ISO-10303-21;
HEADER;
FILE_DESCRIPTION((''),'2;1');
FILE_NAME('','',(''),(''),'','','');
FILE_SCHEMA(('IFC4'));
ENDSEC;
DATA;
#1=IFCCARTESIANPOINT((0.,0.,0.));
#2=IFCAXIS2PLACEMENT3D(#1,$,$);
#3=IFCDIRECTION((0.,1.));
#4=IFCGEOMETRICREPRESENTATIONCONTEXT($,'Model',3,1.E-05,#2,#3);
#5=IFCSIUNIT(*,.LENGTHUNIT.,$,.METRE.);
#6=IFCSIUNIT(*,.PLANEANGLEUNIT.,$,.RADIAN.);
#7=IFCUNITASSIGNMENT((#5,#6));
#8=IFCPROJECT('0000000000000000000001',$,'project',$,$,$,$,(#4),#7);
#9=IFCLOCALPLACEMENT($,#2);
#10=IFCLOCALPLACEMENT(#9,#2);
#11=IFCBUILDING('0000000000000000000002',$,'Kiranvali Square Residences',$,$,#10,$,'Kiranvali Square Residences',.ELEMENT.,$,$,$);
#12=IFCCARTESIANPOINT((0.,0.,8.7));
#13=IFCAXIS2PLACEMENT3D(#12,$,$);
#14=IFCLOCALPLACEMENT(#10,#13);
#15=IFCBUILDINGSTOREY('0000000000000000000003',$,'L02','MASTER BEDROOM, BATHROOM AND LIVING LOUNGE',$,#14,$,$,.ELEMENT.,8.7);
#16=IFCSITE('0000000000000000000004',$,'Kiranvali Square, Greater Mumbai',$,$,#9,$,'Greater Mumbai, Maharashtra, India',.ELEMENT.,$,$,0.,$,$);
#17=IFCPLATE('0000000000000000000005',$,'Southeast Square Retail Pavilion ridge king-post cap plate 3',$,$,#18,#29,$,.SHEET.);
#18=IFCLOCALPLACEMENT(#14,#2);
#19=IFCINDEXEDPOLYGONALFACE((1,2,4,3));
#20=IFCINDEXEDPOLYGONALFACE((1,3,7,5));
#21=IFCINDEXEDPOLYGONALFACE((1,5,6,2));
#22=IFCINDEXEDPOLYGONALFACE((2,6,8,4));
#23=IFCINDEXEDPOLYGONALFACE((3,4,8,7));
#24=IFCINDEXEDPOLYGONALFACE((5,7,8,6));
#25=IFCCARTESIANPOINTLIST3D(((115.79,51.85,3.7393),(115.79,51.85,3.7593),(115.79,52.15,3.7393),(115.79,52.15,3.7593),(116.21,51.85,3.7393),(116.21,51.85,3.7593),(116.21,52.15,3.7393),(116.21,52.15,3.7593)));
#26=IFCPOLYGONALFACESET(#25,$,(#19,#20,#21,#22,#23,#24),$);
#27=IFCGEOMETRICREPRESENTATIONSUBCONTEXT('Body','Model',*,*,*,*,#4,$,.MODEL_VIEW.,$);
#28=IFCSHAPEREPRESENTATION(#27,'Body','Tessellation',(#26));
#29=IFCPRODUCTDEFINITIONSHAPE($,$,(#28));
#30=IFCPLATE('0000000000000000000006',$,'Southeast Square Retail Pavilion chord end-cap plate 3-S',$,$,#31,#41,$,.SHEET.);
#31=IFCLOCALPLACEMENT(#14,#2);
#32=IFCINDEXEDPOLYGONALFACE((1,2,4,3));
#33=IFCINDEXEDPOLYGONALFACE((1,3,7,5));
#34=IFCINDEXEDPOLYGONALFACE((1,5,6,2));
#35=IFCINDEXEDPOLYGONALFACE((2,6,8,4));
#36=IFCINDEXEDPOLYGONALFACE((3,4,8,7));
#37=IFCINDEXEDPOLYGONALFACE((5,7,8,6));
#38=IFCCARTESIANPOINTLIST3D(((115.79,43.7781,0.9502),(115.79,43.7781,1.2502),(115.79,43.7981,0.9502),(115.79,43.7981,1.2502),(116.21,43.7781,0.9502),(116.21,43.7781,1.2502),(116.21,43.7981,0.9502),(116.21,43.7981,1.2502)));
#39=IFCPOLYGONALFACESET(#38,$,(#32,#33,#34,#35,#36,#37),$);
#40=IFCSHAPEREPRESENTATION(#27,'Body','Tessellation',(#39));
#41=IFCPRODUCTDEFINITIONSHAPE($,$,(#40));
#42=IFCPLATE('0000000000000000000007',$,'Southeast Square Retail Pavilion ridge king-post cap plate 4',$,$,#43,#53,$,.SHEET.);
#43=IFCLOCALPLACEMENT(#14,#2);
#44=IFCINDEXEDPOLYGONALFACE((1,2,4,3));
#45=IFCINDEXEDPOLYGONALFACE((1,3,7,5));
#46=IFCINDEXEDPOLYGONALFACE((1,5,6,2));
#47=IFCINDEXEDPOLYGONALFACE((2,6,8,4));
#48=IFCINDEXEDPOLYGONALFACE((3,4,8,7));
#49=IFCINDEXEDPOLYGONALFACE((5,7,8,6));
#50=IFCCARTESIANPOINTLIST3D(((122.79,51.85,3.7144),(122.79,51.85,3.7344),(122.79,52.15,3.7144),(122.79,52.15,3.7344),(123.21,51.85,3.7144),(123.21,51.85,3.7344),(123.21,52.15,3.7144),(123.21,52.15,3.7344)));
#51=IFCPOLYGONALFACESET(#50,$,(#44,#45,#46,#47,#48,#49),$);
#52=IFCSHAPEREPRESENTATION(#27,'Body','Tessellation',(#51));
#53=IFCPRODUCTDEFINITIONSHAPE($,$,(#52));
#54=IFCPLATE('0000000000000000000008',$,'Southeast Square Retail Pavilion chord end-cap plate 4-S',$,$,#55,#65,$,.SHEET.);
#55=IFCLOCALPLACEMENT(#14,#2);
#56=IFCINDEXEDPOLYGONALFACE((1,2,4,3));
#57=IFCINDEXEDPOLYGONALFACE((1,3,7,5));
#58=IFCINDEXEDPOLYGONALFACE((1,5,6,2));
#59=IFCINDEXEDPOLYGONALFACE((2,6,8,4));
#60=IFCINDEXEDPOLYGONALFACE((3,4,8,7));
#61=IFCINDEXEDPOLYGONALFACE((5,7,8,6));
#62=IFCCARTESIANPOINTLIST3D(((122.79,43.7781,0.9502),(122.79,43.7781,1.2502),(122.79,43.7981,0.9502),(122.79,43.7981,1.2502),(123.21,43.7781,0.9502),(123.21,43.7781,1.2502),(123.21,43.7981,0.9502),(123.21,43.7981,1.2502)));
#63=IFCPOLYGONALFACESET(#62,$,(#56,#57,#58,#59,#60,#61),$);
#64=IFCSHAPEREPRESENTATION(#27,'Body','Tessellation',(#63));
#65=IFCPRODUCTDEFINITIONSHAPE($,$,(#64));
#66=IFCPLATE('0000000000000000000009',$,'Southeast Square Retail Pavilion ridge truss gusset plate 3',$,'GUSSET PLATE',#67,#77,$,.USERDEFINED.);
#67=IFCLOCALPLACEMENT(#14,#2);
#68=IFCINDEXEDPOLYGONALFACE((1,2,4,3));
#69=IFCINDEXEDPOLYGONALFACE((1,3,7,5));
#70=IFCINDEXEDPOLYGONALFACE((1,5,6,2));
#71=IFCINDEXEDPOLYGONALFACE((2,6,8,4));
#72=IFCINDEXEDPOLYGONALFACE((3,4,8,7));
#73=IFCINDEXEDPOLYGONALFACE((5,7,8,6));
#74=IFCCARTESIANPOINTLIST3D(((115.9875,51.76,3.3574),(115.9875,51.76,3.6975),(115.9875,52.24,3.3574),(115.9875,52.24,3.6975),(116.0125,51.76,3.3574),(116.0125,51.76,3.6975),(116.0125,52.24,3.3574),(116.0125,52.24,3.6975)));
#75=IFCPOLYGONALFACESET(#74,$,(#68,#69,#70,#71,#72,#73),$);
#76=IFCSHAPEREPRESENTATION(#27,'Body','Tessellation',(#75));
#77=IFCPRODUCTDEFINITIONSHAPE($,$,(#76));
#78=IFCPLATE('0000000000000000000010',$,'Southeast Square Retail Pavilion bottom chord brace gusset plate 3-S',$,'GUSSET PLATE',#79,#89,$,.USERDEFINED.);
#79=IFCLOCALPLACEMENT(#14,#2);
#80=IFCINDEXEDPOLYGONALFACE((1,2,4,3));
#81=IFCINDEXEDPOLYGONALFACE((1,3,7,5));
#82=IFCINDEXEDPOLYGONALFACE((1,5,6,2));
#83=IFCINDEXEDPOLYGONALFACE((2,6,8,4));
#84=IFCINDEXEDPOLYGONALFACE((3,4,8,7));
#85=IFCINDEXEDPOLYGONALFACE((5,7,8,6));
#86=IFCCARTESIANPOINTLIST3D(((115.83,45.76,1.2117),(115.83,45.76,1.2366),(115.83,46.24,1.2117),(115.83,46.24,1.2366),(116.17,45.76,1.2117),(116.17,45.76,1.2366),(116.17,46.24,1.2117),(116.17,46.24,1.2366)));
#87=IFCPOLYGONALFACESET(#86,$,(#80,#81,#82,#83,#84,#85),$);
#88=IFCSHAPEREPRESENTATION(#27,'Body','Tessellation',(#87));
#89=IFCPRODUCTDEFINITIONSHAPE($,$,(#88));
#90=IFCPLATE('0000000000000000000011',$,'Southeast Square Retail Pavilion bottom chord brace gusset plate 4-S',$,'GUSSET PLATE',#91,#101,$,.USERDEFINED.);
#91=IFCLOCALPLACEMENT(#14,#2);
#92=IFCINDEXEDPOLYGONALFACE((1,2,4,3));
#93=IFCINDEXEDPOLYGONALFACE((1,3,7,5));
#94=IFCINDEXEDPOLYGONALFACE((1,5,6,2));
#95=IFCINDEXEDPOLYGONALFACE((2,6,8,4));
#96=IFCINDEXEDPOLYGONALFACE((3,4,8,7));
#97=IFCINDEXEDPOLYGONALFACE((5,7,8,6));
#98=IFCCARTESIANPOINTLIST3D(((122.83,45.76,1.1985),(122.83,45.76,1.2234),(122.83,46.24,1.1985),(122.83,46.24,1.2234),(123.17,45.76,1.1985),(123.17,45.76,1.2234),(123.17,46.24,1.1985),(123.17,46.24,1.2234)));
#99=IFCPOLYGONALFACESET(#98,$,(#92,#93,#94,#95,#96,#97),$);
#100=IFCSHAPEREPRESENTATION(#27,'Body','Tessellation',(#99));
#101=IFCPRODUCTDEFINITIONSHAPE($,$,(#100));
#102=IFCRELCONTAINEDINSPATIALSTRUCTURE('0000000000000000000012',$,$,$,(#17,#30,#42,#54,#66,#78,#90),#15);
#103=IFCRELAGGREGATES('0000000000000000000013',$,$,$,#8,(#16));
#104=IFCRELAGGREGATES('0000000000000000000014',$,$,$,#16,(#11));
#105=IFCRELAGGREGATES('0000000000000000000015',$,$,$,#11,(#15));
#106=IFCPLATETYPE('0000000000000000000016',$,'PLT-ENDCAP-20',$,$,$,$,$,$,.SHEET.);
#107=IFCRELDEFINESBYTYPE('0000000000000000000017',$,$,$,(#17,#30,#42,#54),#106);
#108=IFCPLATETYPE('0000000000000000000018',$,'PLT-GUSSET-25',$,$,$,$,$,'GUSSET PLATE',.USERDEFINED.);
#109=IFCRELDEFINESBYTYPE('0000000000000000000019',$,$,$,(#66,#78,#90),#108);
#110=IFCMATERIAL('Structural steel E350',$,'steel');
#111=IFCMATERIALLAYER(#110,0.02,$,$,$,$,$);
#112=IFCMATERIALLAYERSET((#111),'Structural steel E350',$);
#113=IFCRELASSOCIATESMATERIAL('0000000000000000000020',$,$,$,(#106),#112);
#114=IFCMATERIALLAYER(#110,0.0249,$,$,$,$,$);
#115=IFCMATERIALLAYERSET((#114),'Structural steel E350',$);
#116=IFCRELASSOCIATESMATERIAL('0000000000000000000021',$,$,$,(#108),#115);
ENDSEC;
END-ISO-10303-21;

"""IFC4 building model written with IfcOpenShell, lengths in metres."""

from ifc_helpers import new_model, si_unit, direction, frame, origin, origin_2d, place, context, subcontext, project, spatial, rectangle, extrude, material, layer, layer_set, type_object, element, save


model = new_model("IFC4")

# Units and contexts
model_context = context("Model", 3, precision=1e-05, world=origin(), true_north=direction((0.0, 1.0)))
body_context = subcontext(model_context, "Body", "Model", "MODEL_VIEW")
ifc_project = project(units=[si_unit("LENGTHUNIT", "METRE"), si_unit("PLANEANGLEUNIT", "RADIAN")], contexts=[model_context])

# Site, building, storey
site_placement = place(None, origin())
site = spatial("IfcSite", under=ifc_project, at=site_placement, Name="Kiranvali Square, Greater Mumbai", LongName="Greater Mumbai, Maharashtra, India", CompositionType="ELEMENT", RefElevation=0.0)
building_placement = place(site_placement, origin())
building = spatial("IfcBuilding", under=site, at=building_placement, Name="Kiranvali Square Residences", LongName="Kiranvali Square Residences", CompositionType="ELEMENT")
storey_placement = place(building_placement, frame((0.0, 0.0, 8.7)))
storey = spatial("IfcBuildingStorey", under=building, at=storey_placement, Name="L02", Description="MASTER BEDROOM, BATHROOM AND LIVING LOUNGE", CompositionType="ELEMENT", Elevation=8.7)

# Shared definitions
ifc_material = material(Name="Structural steel E350", Category="steel")

# Plates
ifc_layer_1 = layer(ifc_material, 0.02)
ifc_layer_set_1 = layer_set([ifc_layer_1], Name="Structural steel E350")
plate_type_1 = type_object("IfcPlateType", Name="PLT-ENDCAP-20", PredefinedType="SHEET", material=ifc_layer_set_1)
plate_1_placement = place(storey_placement, frame((116.0, 52.0, 3.7393), z_axis=(0.0, 0.0, 1.0), x_axis=(1.0, 0.0, 0.0)))
element("IfcPlate", 1, at=plate_1_placement, inside=storey, type_object=plate_type_1, Name="Southeast Square Retail Pavilion ridge king-post cap plate 3", PredefinedType="SHEET", context=body_context, shape_type="SweptSolid", body=[
    extrude(rectangle(XDim=0.4199, YDim=0.3, at=origin_2d()), origin(), (0.0, 0.0, 1.0), 0.02),
])
plate_2_placement = place(storey_placement, frame((116.0, 43.7881, 0.9502), z_axis=(0.0, 0.0, 1.0), x_axis=(1.0, 0.0, 0.0)))
element("IfcPlate", 2, at=plate_2_placement, inside=storey, type_object=plate_type_1, Name="Southeast Square Retail Pavilion chord end-cap plate 3-S", PredefinedType="SHEET", context=body_context, shape_type="SweptSolid", body=[
    extrude(rectangle(XDim=0.4199, YDim=0.02, at=origin_2d()), origin(), (0.0, 0.0, 1.0), 0.3),
])
plate_3_placement = place(storey_placement, frame((123.0, 52.0, 3.7144), z_axis=(0.0, 0.0, 1.0), x_axis=(1.0, 0.0, 0.0)))
element("IfcPlate", 3, at=plate_3_placement, inside=storey, type_object=plate_type_1, Name="Southeast Square Retail Pavilion ridge king-post cap plate 4", PredefinedType="SHEET", context=body_context, shape_type="SweptSolid", body=[
    extrude(rectangle(XDim=0.4199, YDim=0.3, at=origin_2d()), origin(), (0.0, 0.0, 1.0), 0.02),
])
plate_4_placement = place(storey_placement, frame((123.0, 43.7881, 0.9502), z_axis=(0.0, 0.0, 1.0), x_axis=(1.0, 0.0, 0.0)))
element("IfcPlate", 4, at=plate_4_placement, inside=storey, type_object=plate_type_1, Name="Southeast Square Retail Pavilion chord end-cap plate 4-S", PredefinedType="SHEET", context=body_context, shape_type="SweptSolid", body=[
    extrude(rectangle(XDim=0.4199, YDim=0.02, at=origin_2d()), origin(), (0.0, 0.0, 1.0), 0.3),
])
ifc_layer_2 = layer(ifc_material, 0.0249)
ifc_layer_set_2 = layer_set([ifc_layer_2], Name="Structural steel E350")
plate_type_2 = type_object("IfcPlateType", Name="PLT-GUSSET-25", ElementType="GUSSET PLATE", PredefinedType="USERDEFINED", material=ifc_layer_set_2)
plate_5_placement = place(storey_placement, frame((116.0, 52.0, 3.3574), z_axis=(0.0, 0.0, 1.0), x_axis=(1.0, 0.0, 0.0)))
element("IfcPlate", 5, at=plate_5_placement, inside=storey, type_object=plate_type_2, Name="Southeast Square Retail Pavilion ridge truss gusset plate 3", ObjectType="GUSSET PLATE", PredefinedType="USERDEFINED", context=body_context, shape_type="SweptSolid", body=[
    extrude(rectangle(XDim=0.0249, YDim=0.48, at=origin_2d()), origin(), (0.0, 0.0, 1.0), 0.3401),
])
for number, where, z_axis, x_axis, name in (
    (6, (116.0, 46.0, 1.2117), (0.0, 0.0, 1.0), (1.0, 0.0, 0.0), "Southeast Square Retail Pavilion bottom chord brace gusset plate 3-S"),
    (7, (123.0, 46.0, 1.1985), (0.0, 0.0, 1.0), (1.0, 0.0, 0.0), "Southeast Square Retail Pavilion bottom chord brace gusset plate 4-S"),
):
    element("IfcPlate", number, at=place(storey_placement, frame(where, z_axis=z_axis, x_axis=x_axis)), inside=storey, type_object=plate_type_2, Name=name, ObjectType="GUSSET PLATE", PredefinedType="USERDEFINED", context=body_context, shape_type="SweptSolid", body=[
        extrude(rectangle(XDim=0.3401, YDim=0.48, at=origin_2d()), origin(), (0.0, 0.0, 1.0), 0.0249),
    ])

save(model, "model.ifc")
